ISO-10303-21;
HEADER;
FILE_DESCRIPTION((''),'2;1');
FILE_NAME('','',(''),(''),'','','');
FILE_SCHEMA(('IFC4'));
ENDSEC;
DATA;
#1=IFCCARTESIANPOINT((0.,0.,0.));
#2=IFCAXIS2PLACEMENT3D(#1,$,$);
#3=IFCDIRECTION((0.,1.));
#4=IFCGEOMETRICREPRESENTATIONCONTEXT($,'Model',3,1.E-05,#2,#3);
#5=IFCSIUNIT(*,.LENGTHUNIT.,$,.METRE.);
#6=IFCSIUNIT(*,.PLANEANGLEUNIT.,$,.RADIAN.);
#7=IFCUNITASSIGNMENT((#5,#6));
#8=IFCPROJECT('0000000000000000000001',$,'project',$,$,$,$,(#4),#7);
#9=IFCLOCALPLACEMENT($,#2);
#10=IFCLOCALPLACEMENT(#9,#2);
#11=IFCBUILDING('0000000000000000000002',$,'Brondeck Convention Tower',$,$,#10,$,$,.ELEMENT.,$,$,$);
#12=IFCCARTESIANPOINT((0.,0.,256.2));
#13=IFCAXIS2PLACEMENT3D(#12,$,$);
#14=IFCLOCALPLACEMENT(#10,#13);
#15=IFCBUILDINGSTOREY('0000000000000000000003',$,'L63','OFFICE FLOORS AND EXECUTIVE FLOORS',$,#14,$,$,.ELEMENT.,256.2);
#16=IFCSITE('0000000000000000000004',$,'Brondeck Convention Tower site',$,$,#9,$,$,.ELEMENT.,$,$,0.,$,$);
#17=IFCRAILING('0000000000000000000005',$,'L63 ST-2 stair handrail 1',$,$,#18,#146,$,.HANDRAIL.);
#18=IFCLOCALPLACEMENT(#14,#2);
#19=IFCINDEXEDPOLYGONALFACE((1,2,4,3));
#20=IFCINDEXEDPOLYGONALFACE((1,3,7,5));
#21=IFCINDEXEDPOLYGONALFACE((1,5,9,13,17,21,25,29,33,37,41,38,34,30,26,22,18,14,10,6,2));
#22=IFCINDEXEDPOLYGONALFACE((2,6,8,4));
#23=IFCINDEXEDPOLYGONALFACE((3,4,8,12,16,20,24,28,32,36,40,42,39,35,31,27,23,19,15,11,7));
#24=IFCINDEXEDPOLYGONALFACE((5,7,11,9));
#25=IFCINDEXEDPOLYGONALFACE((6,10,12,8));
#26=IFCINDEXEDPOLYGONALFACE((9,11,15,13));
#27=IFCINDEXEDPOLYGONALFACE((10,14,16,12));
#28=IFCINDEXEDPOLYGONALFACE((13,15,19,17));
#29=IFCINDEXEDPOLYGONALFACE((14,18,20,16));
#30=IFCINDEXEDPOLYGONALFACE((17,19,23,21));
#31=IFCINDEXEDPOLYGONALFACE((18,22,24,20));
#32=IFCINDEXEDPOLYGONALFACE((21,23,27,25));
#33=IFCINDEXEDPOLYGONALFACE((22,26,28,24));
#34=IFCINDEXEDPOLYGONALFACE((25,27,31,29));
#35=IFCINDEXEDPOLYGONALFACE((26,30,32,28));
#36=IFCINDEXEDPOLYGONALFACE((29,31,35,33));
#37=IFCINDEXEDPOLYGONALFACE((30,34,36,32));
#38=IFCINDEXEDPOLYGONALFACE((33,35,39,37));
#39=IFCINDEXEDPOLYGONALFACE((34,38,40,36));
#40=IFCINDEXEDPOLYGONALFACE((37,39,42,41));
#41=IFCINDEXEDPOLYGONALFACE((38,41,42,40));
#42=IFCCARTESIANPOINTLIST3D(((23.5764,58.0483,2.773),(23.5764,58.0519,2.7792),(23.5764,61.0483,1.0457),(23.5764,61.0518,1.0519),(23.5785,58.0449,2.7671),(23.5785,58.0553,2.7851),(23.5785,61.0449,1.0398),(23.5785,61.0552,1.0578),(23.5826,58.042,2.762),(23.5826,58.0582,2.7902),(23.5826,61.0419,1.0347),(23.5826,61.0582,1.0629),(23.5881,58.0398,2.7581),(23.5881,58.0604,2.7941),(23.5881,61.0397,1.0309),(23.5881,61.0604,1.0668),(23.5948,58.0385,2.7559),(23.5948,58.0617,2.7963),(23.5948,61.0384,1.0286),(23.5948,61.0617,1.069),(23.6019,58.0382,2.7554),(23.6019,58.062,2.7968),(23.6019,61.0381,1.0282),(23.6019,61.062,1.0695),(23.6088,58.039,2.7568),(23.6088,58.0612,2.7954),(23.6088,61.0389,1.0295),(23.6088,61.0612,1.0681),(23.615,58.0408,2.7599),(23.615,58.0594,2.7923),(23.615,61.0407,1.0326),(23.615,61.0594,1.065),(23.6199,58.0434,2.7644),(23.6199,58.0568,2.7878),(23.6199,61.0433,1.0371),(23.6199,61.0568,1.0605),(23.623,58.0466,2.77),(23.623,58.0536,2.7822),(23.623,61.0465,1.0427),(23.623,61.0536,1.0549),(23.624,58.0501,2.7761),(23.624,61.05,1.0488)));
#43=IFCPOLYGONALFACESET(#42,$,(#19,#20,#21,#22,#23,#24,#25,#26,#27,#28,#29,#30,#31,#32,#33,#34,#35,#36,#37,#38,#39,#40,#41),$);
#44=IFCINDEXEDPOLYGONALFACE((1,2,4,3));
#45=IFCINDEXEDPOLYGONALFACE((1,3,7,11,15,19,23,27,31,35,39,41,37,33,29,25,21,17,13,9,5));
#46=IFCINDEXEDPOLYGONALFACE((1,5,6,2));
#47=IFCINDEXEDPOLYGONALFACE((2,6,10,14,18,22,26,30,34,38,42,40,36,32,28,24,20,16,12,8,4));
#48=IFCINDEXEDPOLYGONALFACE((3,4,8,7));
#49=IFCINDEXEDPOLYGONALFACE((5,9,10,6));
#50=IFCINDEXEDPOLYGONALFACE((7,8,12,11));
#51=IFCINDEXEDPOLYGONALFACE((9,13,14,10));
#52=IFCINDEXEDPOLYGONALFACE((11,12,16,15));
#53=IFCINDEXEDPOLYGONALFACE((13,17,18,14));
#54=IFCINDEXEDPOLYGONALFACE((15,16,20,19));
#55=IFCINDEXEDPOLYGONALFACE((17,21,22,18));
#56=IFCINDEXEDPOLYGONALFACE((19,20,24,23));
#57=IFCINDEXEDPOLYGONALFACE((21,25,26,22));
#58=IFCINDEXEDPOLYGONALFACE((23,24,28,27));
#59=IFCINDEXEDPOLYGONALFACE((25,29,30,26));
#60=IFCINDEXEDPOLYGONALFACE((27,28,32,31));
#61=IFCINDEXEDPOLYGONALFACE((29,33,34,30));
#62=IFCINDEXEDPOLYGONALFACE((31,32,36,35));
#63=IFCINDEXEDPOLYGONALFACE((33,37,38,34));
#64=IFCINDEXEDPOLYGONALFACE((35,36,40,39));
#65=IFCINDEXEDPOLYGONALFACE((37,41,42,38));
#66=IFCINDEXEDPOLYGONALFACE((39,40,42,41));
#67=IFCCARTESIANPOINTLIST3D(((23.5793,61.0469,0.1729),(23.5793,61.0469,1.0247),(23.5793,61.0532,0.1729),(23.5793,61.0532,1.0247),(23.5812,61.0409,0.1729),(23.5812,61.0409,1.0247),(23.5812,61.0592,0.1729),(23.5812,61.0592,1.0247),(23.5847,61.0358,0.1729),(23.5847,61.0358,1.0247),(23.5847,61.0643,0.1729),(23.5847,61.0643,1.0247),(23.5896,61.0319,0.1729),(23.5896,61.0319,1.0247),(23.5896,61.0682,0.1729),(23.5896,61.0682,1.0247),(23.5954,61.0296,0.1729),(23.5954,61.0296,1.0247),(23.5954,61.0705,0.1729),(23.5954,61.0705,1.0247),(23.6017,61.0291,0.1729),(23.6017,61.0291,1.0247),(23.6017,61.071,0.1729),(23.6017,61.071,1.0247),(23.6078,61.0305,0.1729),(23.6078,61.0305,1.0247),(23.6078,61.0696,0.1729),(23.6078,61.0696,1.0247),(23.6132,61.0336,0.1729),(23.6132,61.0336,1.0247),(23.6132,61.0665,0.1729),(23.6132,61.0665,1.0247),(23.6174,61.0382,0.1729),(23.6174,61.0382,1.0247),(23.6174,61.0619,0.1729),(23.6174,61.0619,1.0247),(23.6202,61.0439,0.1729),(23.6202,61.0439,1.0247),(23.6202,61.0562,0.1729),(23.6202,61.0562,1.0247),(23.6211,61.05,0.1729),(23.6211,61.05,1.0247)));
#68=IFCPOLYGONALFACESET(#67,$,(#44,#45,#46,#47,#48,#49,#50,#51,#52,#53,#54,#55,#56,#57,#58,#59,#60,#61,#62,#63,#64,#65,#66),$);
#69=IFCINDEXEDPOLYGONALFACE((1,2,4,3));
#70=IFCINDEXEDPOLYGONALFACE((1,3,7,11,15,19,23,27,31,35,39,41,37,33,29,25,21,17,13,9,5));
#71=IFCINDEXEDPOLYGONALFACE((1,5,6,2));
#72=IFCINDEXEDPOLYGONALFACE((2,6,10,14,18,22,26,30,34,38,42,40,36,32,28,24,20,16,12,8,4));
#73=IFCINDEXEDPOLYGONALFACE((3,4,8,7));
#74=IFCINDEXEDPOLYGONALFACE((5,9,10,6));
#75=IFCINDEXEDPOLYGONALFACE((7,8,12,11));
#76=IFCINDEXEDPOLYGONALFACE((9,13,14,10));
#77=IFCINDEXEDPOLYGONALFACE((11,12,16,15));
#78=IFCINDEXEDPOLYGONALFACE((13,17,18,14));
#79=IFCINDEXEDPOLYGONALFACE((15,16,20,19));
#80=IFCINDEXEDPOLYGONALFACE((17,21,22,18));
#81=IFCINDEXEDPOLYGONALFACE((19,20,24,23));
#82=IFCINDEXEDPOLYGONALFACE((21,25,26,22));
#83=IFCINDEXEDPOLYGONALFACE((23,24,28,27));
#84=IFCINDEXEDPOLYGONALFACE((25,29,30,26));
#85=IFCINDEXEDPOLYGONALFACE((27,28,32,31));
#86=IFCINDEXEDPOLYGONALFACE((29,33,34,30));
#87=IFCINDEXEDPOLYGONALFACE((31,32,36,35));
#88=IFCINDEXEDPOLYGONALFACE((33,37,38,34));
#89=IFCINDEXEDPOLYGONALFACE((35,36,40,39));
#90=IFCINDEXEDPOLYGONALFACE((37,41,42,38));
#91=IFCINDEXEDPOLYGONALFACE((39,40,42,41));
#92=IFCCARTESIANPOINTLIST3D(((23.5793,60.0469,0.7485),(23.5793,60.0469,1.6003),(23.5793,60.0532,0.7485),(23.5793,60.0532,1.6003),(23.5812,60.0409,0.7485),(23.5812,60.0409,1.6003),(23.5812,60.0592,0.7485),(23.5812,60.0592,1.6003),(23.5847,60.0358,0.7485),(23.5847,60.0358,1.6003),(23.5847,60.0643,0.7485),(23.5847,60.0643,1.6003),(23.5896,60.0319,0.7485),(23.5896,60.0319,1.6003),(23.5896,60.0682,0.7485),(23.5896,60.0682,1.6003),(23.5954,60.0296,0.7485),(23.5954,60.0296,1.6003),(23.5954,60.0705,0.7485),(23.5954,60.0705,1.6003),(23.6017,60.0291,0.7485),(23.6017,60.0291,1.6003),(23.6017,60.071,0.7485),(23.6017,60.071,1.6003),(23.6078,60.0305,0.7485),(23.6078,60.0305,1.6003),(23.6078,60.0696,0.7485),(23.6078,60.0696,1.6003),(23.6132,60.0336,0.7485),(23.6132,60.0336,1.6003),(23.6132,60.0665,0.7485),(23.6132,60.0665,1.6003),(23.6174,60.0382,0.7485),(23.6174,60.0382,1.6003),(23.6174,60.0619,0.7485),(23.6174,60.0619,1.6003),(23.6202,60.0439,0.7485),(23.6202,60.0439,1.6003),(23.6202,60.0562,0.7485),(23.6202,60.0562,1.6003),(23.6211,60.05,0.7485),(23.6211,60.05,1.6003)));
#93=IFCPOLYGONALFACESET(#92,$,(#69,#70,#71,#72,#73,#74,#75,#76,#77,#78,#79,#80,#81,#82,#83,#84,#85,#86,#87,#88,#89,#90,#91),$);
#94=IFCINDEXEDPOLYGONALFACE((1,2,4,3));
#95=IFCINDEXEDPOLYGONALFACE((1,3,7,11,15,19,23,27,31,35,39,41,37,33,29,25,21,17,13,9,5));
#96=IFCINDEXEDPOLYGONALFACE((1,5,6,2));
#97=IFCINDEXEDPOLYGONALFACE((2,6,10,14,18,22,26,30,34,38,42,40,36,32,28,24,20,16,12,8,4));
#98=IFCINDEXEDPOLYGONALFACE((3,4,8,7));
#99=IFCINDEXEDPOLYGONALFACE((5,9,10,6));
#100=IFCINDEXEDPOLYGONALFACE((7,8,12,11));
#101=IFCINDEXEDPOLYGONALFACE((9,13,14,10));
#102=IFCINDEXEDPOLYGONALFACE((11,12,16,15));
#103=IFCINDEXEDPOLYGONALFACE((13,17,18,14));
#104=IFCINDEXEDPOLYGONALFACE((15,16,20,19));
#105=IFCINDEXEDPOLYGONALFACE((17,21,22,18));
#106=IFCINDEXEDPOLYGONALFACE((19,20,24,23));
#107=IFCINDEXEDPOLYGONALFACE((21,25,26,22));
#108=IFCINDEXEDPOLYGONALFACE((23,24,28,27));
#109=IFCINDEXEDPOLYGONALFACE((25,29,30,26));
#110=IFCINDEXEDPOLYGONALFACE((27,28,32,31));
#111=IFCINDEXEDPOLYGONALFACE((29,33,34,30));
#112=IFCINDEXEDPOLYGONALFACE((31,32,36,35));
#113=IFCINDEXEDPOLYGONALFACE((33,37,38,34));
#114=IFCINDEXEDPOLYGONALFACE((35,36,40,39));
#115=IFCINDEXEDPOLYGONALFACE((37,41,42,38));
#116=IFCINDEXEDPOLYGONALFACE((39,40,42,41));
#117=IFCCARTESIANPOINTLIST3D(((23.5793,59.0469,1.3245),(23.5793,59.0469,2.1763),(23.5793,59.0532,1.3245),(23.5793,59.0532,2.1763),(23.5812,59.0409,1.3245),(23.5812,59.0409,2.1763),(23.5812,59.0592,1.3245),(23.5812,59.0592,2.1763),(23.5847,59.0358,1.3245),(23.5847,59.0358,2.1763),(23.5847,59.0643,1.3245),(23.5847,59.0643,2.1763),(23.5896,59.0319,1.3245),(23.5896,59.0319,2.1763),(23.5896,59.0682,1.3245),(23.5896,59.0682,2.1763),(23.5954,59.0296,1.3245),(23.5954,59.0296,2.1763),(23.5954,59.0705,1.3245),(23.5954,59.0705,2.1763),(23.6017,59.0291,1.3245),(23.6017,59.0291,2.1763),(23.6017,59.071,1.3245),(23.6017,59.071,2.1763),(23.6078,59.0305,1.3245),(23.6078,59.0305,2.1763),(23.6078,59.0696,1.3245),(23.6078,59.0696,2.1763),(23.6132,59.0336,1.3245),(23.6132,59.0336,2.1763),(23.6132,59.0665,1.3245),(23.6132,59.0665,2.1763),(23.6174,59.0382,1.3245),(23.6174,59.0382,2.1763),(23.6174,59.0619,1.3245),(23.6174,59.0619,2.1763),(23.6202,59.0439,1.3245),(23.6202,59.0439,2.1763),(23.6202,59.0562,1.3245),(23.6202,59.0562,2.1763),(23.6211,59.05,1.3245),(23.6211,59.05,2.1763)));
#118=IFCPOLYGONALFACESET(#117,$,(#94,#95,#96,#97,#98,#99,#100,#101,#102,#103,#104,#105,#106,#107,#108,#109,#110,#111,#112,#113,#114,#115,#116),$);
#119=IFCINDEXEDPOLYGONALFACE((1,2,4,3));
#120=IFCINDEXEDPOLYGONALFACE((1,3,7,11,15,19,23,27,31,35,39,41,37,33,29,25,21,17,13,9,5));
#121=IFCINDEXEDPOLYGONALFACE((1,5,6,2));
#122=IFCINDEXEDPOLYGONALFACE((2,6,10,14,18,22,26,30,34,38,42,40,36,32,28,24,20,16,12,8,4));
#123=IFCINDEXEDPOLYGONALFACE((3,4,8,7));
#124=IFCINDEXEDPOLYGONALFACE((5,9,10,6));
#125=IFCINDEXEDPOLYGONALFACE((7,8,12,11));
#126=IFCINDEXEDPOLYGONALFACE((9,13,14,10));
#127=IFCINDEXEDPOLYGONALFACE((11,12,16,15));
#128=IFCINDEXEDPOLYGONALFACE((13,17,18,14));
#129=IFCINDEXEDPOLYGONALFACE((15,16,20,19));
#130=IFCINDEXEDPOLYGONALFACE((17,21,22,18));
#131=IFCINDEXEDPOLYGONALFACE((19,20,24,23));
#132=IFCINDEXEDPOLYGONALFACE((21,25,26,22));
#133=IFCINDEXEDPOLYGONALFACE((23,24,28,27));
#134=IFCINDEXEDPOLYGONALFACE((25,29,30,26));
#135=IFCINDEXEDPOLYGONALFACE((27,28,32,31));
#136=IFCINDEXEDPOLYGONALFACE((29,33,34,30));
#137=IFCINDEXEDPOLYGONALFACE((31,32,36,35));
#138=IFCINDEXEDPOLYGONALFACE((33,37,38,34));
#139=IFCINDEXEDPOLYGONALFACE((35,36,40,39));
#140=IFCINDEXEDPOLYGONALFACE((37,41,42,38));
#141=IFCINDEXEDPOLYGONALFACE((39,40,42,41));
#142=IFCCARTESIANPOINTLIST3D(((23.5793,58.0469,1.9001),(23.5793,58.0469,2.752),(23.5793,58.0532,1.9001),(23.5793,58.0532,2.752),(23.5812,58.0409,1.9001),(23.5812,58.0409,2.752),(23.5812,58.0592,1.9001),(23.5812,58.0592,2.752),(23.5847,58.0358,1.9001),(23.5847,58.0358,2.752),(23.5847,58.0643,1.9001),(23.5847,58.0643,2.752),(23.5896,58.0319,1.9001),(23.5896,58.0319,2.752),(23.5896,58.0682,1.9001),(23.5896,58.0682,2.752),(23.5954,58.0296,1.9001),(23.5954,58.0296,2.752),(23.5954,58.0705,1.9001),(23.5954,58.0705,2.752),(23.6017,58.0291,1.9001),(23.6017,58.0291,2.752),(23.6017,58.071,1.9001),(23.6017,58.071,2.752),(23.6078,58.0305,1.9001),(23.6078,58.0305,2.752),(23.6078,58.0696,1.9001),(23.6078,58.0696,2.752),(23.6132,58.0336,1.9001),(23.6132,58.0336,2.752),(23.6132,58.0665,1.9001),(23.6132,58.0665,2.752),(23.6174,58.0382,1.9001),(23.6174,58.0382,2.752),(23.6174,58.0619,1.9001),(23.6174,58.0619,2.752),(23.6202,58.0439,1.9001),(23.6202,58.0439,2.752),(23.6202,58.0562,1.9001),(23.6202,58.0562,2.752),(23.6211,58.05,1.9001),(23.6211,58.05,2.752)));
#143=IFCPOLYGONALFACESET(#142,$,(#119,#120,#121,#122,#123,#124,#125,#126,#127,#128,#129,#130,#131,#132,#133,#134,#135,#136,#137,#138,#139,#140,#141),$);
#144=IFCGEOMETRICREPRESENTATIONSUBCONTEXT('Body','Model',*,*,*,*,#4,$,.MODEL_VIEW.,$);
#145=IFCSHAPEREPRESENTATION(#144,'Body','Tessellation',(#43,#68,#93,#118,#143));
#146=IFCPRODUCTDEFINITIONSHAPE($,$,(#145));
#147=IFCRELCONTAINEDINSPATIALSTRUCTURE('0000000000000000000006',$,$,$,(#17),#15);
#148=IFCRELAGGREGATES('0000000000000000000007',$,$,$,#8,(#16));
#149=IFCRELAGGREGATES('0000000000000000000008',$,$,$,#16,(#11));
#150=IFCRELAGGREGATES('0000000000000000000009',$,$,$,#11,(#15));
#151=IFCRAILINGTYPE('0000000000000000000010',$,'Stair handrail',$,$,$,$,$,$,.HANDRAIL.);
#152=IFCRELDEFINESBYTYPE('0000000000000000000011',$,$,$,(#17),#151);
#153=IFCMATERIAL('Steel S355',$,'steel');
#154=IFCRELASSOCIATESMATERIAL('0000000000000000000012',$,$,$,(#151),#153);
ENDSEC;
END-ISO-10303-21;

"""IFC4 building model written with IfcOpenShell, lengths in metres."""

from ifc_helpers import new_model, si_unit, direction, frame, origin, origin_2d, place, context, subcontext, project, spatial, circle, extrude, material, type_object, element, save


model = new_model("IFC4")

# Units and contexts
model_context = context("Model", 3, precision=1e-05, world=origin(), true_north=direction((0.0, 1.0)))
body_context = subcontext(model_context, "Body", "Model", "MODEL_VIEW")
ifc_project = project(units=[si_unit("LENGTHUNIT", "METRE"), si_unit("PLANEANGLEUNIT", "RADIAN")], contexts=[model_context])

# Site, building, storey
site_placement = place(None, origin())
site = spatial("IfcSite", under=ifc_project, at=site_placement, Name="Brondeck Convention Tower site", CompositionType="ELEMENT", RefElevation=0.0)
building_placement = place(site_placement, origin())
building = spatial("IfcBuilding", under=site, at=building_placement, Name="Brondeck Convention Tower", CompositionType="ELEMENT")
storey_placement = place(building_placement, frame((0.0, 0.0, 256.2)))
storey = spatial("IfcBuildingStorey", under=building, at=storey_placement, Name="L63", Description="OFFICE FLOORS AND EXECUTIVE FLOORS", CompositionType="ELEMENT", Elevation=256.2)

# Railing
ifc_material_1 = material(Name="Steel S355", Category="steel")
railing_type_1 = type_object("IfcRailingType", Name="Stair handrail", PredefinedType="HANDRAIL", material=ifc_material_1)
railing_1_placement = place(storey_placement, frame((23.6001, 61.05, 0.1729)))
element("IfcRailing", 1, at=railing_1_placement, inside=storey, type_object=railing_type_1, Name="L63 ST-2 stair handrail 1", PredefinedType="HANDRAIL", context=body_context, shape_type="SweptSolid", body=[
    extrude(circle(Radius=0.0239, at=origin_2d()), frame((0.0, 0.0, 0.876), z_axis=(0.0, -0.86662, 0.498969), x_axis=(1.0, 0.0, 0.0)), (0.0, 0.0, 1.0), 3.4617),
    extrude(circle(Radius=0.021, at=origin_2d()), origin(), (0.0, 0.0, 1.0), 0.8518),
    extrude(circle(Radius=0.021, at=origin_2d()), frame((0.0, -1.0, 0.5757)), (0.0, 0.0, 1.0), 0.8518),
    extrude(circle(Radius=0.021, at=origin_2d()), frame((0.0, -2.0, 1.1516)), (0.0, 0.0, 1.0), 0.8518),
    extrude(circle(Radius=0.021, at=origin_2d()), frame((0.0, -3.0, 1.7273)), (0.0, 0.0, 1.0), 0.8518),
])

save(model, "model.ifc")
